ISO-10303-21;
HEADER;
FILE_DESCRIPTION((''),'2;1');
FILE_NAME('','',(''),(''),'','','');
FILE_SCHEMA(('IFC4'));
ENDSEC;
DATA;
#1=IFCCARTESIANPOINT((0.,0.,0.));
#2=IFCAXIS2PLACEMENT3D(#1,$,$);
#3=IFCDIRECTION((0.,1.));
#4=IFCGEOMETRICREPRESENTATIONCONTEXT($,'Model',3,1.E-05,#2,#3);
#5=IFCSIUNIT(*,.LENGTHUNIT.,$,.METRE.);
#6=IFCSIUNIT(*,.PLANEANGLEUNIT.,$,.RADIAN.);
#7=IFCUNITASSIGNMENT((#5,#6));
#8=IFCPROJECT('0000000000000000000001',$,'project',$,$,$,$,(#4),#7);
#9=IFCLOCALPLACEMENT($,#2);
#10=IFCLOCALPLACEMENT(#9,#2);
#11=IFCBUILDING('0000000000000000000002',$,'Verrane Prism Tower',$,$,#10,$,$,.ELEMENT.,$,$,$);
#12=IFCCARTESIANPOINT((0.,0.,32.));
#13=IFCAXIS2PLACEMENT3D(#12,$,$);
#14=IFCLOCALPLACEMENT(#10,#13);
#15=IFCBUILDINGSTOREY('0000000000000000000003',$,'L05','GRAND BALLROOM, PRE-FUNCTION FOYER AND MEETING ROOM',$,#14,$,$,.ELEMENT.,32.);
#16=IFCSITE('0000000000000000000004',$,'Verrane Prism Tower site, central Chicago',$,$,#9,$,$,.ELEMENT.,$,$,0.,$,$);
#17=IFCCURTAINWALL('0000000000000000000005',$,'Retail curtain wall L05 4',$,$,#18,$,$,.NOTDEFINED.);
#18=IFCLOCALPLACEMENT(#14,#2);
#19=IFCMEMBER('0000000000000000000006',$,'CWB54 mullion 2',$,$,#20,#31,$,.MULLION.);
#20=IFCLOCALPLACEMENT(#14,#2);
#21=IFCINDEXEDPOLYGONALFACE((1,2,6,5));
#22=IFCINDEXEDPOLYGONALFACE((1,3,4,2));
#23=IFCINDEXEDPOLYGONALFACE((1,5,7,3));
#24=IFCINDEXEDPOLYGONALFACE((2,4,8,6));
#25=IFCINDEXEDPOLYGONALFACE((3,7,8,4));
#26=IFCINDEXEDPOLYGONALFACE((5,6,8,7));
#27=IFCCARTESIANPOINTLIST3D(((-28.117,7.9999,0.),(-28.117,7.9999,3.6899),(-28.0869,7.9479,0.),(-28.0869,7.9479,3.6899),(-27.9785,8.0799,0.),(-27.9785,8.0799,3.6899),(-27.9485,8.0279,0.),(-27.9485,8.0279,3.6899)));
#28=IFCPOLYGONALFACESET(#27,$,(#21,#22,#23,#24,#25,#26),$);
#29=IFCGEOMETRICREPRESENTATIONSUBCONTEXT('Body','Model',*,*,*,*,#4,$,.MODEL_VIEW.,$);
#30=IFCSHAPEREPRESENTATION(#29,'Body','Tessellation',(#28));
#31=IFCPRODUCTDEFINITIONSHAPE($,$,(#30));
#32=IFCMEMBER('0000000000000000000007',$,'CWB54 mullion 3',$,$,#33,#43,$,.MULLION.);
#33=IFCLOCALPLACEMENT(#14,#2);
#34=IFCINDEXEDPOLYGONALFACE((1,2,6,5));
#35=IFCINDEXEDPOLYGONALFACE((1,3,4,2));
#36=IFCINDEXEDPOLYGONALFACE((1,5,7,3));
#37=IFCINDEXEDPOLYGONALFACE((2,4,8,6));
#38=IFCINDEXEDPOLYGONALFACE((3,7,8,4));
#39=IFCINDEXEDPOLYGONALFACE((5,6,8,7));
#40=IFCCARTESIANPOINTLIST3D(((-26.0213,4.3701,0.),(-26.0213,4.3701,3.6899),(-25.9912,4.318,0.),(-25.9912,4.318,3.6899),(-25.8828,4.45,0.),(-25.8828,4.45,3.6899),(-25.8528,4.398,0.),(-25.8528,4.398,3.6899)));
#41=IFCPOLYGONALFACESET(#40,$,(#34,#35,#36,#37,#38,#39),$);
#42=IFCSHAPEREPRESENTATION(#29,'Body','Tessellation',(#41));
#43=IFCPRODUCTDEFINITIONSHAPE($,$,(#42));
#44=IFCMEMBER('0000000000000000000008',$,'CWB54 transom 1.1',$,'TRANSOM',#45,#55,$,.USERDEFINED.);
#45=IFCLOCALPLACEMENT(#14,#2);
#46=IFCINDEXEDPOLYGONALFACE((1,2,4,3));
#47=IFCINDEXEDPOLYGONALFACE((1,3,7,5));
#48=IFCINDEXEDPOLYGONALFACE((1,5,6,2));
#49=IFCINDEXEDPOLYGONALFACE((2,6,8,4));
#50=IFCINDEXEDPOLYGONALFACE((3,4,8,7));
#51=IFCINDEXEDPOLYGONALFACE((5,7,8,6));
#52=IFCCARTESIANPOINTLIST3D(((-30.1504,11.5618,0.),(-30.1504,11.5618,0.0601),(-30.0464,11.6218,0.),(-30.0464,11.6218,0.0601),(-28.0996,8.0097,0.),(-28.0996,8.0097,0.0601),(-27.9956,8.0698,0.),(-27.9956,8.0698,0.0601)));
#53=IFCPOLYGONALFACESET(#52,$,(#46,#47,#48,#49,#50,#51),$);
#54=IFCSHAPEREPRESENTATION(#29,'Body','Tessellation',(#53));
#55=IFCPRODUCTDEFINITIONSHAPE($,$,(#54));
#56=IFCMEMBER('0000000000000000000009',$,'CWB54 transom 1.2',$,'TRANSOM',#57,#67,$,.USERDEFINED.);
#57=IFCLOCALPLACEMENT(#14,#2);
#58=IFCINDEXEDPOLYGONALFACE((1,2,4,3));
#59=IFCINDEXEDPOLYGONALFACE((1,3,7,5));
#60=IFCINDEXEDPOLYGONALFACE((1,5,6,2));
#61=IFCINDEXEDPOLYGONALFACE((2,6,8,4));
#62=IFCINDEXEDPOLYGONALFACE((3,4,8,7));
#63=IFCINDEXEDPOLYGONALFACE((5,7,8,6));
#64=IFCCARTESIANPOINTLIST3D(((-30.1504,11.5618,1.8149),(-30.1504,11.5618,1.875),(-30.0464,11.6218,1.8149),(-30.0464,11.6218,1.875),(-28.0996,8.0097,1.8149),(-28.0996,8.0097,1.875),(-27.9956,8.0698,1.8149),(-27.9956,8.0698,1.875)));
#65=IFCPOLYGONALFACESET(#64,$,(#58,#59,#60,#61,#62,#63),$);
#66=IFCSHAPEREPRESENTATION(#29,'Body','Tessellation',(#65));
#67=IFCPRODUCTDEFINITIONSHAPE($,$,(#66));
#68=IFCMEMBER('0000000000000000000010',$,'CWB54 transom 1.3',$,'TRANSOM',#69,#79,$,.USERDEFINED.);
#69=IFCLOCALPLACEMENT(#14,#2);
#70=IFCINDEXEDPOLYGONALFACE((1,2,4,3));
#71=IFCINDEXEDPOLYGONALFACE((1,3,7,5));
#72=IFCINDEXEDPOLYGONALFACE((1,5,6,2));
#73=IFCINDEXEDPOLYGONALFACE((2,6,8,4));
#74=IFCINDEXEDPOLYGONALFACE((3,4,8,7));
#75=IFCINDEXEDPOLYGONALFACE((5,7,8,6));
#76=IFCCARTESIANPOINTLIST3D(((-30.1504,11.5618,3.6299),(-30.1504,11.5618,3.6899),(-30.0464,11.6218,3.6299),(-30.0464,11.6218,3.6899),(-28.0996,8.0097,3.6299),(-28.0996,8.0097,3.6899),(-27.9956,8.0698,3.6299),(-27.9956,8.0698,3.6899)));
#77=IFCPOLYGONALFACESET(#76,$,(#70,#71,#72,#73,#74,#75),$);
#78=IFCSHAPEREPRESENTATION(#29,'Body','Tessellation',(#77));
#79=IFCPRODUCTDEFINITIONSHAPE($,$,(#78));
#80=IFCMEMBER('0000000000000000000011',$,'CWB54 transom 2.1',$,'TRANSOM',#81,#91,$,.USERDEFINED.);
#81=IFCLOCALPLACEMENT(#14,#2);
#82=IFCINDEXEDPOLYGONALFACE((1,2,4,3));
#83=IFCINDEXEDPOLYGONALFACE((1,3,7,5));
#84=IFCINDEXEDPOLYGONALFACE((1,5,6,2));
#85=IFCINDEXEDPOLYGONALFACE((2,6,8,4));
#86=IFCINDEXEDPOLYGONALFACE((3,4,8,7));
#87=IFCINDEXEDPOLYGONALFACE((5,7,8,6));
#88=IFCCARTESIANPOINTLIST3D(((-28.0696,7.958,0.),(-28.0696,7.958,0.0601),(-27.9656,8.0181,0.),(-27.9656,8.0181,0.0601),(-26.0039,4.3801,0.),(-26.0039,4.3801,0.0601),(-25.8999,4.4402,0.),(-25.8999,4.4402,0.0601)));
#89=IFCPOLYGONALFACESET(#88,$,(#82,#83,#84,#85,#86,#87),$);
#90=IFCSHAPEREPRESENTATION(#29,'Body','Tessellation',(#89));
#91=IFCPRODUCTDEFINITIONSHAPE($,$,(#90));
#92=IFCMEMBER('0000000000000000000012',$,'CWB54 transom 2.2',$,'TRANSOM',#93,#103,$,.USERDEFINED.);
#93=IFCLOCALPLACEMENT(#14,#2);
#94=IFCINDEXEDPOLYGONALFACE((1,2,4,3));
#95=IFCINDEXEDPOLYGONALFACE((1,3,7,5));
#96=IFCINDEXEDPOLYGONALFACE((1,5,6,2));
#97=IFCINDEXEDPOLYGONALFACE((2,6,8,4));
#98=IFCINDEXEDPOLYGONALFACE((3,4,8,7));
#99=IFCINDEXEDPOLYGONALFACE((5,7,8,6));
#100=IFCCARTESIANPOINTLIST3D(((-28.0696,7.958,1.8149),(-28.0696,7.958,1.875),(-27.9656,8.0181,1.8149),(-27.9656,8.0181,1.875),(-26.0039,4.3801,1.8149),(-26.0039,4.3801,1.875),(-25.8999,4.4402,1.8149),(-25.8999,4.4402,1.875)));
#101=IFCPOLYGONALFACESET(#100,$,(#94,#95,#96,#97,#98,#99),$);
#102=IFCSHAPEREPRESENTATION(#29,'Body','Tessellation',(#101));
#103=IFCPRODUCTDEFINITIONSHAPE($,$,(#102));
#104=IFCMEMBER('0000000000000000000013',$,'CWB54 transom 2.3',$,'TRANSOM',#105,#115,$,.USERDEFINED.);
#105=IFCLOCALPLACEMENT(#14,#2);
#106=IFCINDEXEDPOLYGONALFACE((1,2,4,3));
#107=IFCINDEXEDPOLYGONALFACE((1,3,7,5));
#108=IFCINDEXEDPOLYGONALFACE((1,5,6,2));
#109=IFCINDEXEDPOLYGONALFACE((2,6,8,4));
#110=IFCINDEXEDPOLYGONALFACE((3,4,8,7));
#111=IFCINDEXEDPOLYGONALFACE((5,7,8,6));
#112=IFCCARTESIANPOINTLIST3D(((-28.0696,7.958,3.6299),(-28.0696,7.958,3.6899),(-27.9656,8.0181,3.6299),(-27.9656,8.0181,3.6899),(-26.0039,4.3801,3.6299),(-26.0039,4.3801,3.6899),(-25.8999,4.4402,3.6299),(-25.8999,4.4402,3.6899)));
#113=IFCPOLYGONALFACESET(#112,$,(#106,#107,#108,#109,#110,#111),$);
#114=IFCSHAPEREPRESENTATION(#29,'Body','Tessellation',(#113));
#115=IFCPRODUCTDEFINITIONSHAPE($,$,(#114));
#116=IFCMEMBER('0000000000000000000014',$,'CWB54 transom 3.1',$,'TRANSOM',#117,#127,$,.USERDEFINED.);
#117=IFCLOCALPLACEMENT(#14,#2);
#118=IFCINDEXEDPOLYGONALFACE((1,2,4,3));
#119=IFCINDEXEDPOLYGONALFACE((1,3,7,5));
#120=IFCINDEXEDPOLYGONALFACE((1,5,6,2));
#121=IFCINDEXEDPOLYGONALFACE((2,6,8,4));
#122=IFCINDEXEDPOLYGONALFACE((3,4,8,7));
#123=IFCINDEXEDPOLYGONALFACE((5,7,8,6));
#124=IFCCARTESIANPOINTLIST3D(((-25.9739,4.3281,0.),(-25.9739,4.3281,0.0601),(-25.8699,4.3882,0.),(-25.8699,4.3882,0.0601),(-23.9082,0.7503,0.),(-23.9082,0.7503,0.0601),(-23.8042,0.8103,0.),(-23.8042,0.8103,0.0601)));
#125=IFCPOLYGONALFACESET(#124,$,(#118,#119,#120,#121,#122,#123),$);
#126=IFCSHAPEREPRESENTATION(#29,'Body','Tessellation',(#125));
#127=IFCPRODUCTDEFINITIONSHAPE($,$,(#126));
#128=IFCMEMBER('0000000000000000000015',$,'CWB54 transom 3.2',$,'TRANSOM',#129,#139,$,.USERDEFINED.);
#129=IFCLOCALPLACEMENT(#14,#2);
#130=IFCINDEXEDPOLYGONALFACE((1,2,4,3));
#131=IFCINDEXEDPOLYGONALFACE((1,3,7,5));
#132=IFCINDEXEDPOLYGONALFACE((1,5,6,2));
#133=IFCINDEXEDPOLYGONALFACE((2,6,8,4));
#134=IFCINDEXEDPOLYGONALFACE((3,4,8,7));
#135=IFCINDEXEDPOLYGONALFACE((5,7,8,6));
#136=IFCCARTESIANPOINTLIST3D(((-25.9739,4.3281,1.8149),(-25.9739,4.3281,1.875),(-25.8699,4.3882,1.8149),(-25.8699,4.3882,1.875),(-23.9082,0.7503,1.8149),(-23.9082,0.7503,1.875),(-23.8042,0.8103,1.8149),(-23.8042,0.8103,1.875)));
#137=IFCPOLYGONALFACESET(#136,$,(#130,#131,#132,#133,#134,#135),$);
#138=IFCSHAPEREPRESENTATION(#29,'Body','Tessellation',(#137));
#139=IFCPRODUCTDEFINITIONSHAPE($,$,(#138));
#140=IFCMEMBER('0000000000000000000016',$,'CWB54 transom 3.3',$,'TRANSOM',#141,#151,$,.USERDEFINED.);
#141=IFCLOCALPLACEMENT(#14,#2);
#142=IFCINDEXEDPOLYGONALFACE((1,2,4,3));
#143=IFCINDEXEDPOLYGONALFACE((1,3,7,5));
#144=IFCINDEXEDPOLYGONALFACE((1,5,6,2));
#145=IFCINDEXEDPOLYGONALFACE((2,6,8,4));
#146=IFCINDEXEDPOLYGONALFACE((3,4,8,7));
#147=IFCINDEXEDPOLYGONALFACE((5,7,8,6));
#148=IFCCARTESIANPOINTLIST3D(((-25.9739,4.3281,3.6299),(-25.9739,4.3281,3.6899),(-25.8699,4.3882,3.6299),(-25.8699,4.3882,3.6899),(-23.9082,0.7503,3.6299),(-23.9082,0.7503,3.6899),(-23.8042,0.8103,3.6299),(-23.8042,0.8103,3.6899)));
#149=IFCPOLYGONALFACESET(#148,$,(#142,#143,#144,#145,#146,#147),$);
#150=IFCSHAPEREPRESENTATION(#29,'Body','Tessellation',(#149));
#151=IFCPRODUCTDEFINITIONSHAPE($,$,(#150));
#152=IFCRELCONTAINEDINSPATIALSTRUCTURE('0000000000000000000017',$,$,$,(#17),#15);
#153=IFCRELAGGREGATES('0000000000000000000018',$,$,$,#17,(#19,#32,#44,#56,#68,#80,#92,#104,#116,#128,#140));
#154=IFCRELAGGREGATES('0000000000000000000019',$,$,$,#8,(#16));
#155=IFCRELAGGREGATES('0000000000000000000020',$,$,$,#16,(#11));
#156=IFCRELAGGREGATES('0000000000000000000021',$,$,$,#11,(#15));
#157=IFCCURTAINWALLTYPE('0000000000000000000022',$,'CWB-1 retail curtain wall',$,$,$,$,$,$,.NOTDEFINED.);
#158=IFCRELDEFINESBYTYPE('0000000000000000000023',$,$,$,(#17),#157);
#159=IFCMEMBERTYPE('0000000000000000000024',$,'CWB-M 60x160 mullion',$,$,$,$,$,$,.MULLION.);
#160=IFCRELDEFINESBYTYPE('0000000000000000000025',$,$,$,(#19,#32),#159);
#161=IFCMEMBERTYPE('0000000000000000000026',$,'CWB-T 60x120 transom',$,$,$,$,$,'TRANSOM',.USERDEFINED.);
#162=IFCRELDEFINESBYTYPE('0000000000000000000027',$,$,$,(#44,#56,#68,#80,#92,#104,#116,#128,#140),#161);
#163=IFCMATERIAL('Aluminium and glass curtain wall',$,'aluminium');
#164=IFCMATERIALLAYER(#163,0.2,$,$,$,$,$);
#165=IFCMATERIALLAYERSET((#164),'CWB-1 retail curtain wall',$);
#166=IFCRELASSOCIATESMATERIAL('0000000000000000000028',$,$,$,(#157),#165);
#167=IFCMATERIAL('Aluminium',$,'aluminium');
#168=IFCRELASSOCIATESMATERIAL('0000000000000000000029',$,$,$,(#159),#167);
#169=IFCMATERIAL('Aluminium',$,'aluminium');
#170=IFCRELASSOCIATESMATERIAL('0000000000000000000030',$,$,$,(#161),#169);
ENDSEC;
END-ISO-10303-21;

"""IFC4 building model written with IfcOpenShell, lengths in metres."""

from ifc_helpers import new_model, si_unit, direction, frame, origin, origin_2d, place, context, subcontext, project, spatial, rectangle, extrude, material, layer, layer_set, material_profile, profile_set, type_object, element, aggregate, save


model = new_model("IFC4")

# Units and contexts
model_context = context("Model", 3, precision=1e-05, world=origin(), true_north=direction((0.0, 1.0)))
body_context = subcontext(model_context, "Body", "Model", "MODEL_VIEW")
ifc_project = project(units=[si_unit("LENGTHUNIT", "METRE"), si_unit("PLANEANGLEUNIT", "RADIAN")], contexts=[model_context])

# Site, building, storey
site_placement = place(None, origin())
site = spatial("IfcSite", under=ifc_project, at=site_placement, Name="Verrane Prism Tower site, central Chicago", CompositionType="ELEMENT", RefElevation=0.0)
building_placement = place(site_placement, origin())
building = spatial("IfcBuilding", under=site, at=building_placement, Name="Verrane Prism Tower", CompositionType="ELEMENT")
storey_placement = place(building_placement, frame((0.0, 0.0, 32.0)))
storey = spatial("IfcBuildingStorey", under=building, at=storey_placement, Name="L05", Description="GRAND BALLROOM, PRE-FUNCTION FOYER AND MEETING ROOM", CompositionType="ELEMENT", Elevation=32.0)

# Shared definitions
ifc_material_1 = material(Name="Aluminium and glass curtain wall", Category="aluminium")
ifc_layer_1 = layer(ifc_material_1, 0.2)
ifc_layer_set_1 = layer_set([ifc_layer_1], Name="CWB-1 retail curtain wall")
curtain_wall_type = type_object("IfcCurtainWallType", Name="CWB-1 retail curtain wall", PredefinedType="NOTDEFINED", material=ifc_layer_set_1)
ifc_material_2 = material(Name="Aluminium", Category="aluminium")
ifc_material_profile_1 = material_profile(ifc_material_2, rectangle(XDim=0.1599, YDim=0.0601, at=origin_2d()), Name="CWB-M 60x160 mullion")
ifc_profile_set_1 = profile_set([ifc_material_profile_1], Name="Aluminium")
member_type_1 = type_object("IfcMemberType", Name="CWB-M 60x160 mullion", PredefinedType="MULLION", material=ifc_profile_set_1)

# Curtain wall, members
curtain_wall_1_placement = place(storey_placement, origin())
curtain_wall_1 = element("IfcCurtainWall", 1, at=curtain_wall_1_placement, inside=storey, type_object=curtain_wall_type, Name="Retail curtain wall L05 4", PredefinedType="NOTDEFINED")
member_1_placement = place(storey_placement, frame((-28.0327, 8.0139, 0.0), z_axis=(0.0, 0.0, 1.0), x_axis=(0.866025, 0.5, 0.0)))
member_1 = element("IfcMember", 2, at=member_1_placement, type_object=member_type_1, Name="CWB54 mullion 2", PredefinedType="MULLION", context=body_context, shape_type="SweptSolid", body=[
    extrude(rectangle(XDim=0.1599, YDim=0.0601, at=origin_2d()), origin(), (0.0, 0.0, 1.0), 3.6899),
])
member_2_placement = place(storey_placement, frame((-25.937, 4.384, 0.0), z_axis=(0.0, 0.0, 1.0), x_axis=(0.866025, 0.5, 0.0)))
member_2 = element("IfcMember", 3, at=member_2_placement, type_object=member_type_1, Name="CWB54 mullion 3", PredefinedType="MULLION", context=body_context, shape_type="SweptSolid", body=[
    extrude(rectangle(XDim=0.1599, YDim=0.0601, at=origin_2d()), origin(), (0.0, 0.0, 1.0), 3.6899),
])
ifc_material_3 = material(Name="Aluminium", Category="aluminium")
ifc_material_profile_2 = material_profile(ifc_material_3, rectangle(XDim=0.1201, YDim=0.0601, at=origin_2d()), Name="CWB-T 60x120 transom")
ifc_profile_set_2 = profile_set([ifc_material_profile_2], Name="Aluminium")
member_type_2 = type_object("IfcMemberType", Name="CWB-T 60x120 transom", ElementType="TRANSOM", PredefinedType="USERDEFINED", material=ifc_profile_set_2)
member_3_placement = place(storey_placement, frame((-30.0984, 11.5918, 0.03), z_axis=(0.500006, -0.866022, 0.0), x_axis=(0.866022, 0.500006, 0.0)))
member_3 = element("IfcMember", 4, at=member_3_placement, type_object=member_type_2, Name="CWB54 transom 1.1", ObjectType="TRANSOM", PredefinedType="USERDEFINED", context=body_context, shape_type="SweptSolid", body=[
    extrude(rectangle(XDim=0.1201, YDim=0.0601, at=origin_2d()), origin(), (0.0, 0.0, 1.0), 4.1016),
])
member_4_placement = place(storey_placement, frame((-30.0984, 11.5918, 1.845), z_axis=(0.500006, -0.866022, 0.0), x_axis=(0.866022, 0.500006, 0.0)))
member_4 = element("IfcMember", 5, at=member_4_placement, type_object=member_type_2, Name="CWB54 transom 1.2", ObjectType="TRANSOM", PredefinedType="USERDEFINED", context=body_context, shape_type="SweptSolid", body=[
    extrude(rectangle(XDim=0.1201, YDim=0.0601, at=origin_2d()), origin(), (0.0, 0.0, 1.0), 4.1016),
])
member_5_placement = place(storey_placement, frame((-30.0984, 11.5918, 3.6599), z_axis=(0.500006, -0.866022, 0.0), x_axis=(0.866022, 0.500006, 0.0)))
member_5 = element("IfcMember", 6, at=member_5_placement, type_object=member_type_2, Name="CWB54 transom 1.3", ObjectType="TRANSOM", PredefinedType="USERDEFINED", context=body_context, shape_type="SweptSolid", body=[
    extrude(rectangle(XDim=0.1201, YDim=0.0601, at=origin_2d()), origin(), (0.0, 0.0, 1.0), 4.1016),
])
member_6_placement = place(storey_placement, frame((-28.0176, 7.988, 0.03), z_axis=(0.499997, -0.866027, 0.0), x_axis=(0.866027, 0.499997, 0.0)))
member_6 = element("IfcMember", 7, at=member_6_placement, type_object=member_type_2, Name="CWB54 transom 2.1", ObjectType="TRANSOM", PredefinedType="USERDEFINED", context=body_context, shape_type="SweptSolid", body=[
    extrude(rectangle(XDim=0.1201, YDim=0.0601, at=origin_2d()), origin(), (0.0, 0.0, 1.0), 4.1313),
])
member_7_placement = place(storey_placement, frame((-28.0176, 7.988, 1.845), z_axis=(0.499997, -0.866027, 0.0), x_axis=(0.866027, 0.499997, 0.0)))
member_7 = element("IfcMember", 8, at=member_7_placement, type_object=member_type_2, Name="CWB54 transom 2.2", ObjectType="TRANSOM", PredefinedType="USERDEFINED", context=body_context, shape_type="SweptSolid", body=[
    extrude(rectangle(XDim=0.1201, YDim=0.0601, at=origin_2d()), origin(), (0.0, 0.0, 1.0), 4.1313),
])
member_8_placement = place(storey_placement, frame((-28.0176, 7.988, 3.6599), z_axis=(0.499997, -0.866027, 0.0), x_axis=(0.866027, 0.499997, 0.0)))
member_8 = element("IfcMember", 9, at=member_8_placement, type_object=member_type_2, Name="CWB54 transom 2.3", ObjectType="TRANSOM", PredefinedType="USERDEFINED", context=body_context, shape_type="SweptSolid", body=[
    extrude(rectangle(XDim=0.1201, YDim=0.0601, at=origin_2d()), origin(), (0.0, 0.0, 1.0), 4.1313),
])
member_9_placement = place(storey_placement, frame((-25.9219, 4.3582, 0.03), z_axis=(0.499997, -0.866027, 0.0), x_axis=(0.866027, 0.499997, 0.0)))
member_9 = element("IfcMember", 10, at=member_9_placement, type_object=member_type_2, Name="CWB54 transom 3.1", ObjectType="TRANSOM", PredefinedType="USERDEFINED", context=body_context, shape_type="SweptSolid", body=[
    extrude(rectangle(XDim=0.1201, YDim=0.0601, at=origin_2d()), origin(), (0.0, 0.0, 1.0), 4.1313),
])
member_10_placement = place(storey_placement, frame((-25.9219, 4.3582, 1.845), z_axis=(0.499997, -0.866027, 0.0), x_axis=(0.866027, 0.499997, 0.0)))
member_10 = element("IfcMember", 11, at=member_10_placement, type_object=member_type_2, Name="CWB54 transom 3.2", ObjectType="TRANSOM", PredefinedType="USERDEFINED", context=body_context, shape_type="SweptSolid", body=[
    extrude(rectangle(XDim=0.1201, YDim=0.0601, at=origin_2d()), origin(), (0.0, 0.0, 1.0), 4.1313),
])
member_11_placement = place(storey_placement, frame((-25.9219, 4.3582, 3.6599), z_axis=(0.499997, -0.866027, 0.0), x_axis=(0.866027, 0.499997, 0.0)))
member_11 = element("IfcMember", 12, at=member_11_placement, type_object=member_type_2, Name="CWB54 transom 3.3", ObjectType="TRANSOM", PredefinedType="USERDEFINED", context=body_context, shape_type="SweptSolid", body=[
    extrude(rectangle(XDim=0.1201, YDim=0.0601, at=origin_2d()), origin(), (0.0, 0.0, 1.0), 4.1313),
])

aggregate(curtain_wall_1, [member_1, member_2, member_3, member_4, member_5, member_6, member_7, member_8, member_9, member_10, member_11])

save(model, "model.ifc")
